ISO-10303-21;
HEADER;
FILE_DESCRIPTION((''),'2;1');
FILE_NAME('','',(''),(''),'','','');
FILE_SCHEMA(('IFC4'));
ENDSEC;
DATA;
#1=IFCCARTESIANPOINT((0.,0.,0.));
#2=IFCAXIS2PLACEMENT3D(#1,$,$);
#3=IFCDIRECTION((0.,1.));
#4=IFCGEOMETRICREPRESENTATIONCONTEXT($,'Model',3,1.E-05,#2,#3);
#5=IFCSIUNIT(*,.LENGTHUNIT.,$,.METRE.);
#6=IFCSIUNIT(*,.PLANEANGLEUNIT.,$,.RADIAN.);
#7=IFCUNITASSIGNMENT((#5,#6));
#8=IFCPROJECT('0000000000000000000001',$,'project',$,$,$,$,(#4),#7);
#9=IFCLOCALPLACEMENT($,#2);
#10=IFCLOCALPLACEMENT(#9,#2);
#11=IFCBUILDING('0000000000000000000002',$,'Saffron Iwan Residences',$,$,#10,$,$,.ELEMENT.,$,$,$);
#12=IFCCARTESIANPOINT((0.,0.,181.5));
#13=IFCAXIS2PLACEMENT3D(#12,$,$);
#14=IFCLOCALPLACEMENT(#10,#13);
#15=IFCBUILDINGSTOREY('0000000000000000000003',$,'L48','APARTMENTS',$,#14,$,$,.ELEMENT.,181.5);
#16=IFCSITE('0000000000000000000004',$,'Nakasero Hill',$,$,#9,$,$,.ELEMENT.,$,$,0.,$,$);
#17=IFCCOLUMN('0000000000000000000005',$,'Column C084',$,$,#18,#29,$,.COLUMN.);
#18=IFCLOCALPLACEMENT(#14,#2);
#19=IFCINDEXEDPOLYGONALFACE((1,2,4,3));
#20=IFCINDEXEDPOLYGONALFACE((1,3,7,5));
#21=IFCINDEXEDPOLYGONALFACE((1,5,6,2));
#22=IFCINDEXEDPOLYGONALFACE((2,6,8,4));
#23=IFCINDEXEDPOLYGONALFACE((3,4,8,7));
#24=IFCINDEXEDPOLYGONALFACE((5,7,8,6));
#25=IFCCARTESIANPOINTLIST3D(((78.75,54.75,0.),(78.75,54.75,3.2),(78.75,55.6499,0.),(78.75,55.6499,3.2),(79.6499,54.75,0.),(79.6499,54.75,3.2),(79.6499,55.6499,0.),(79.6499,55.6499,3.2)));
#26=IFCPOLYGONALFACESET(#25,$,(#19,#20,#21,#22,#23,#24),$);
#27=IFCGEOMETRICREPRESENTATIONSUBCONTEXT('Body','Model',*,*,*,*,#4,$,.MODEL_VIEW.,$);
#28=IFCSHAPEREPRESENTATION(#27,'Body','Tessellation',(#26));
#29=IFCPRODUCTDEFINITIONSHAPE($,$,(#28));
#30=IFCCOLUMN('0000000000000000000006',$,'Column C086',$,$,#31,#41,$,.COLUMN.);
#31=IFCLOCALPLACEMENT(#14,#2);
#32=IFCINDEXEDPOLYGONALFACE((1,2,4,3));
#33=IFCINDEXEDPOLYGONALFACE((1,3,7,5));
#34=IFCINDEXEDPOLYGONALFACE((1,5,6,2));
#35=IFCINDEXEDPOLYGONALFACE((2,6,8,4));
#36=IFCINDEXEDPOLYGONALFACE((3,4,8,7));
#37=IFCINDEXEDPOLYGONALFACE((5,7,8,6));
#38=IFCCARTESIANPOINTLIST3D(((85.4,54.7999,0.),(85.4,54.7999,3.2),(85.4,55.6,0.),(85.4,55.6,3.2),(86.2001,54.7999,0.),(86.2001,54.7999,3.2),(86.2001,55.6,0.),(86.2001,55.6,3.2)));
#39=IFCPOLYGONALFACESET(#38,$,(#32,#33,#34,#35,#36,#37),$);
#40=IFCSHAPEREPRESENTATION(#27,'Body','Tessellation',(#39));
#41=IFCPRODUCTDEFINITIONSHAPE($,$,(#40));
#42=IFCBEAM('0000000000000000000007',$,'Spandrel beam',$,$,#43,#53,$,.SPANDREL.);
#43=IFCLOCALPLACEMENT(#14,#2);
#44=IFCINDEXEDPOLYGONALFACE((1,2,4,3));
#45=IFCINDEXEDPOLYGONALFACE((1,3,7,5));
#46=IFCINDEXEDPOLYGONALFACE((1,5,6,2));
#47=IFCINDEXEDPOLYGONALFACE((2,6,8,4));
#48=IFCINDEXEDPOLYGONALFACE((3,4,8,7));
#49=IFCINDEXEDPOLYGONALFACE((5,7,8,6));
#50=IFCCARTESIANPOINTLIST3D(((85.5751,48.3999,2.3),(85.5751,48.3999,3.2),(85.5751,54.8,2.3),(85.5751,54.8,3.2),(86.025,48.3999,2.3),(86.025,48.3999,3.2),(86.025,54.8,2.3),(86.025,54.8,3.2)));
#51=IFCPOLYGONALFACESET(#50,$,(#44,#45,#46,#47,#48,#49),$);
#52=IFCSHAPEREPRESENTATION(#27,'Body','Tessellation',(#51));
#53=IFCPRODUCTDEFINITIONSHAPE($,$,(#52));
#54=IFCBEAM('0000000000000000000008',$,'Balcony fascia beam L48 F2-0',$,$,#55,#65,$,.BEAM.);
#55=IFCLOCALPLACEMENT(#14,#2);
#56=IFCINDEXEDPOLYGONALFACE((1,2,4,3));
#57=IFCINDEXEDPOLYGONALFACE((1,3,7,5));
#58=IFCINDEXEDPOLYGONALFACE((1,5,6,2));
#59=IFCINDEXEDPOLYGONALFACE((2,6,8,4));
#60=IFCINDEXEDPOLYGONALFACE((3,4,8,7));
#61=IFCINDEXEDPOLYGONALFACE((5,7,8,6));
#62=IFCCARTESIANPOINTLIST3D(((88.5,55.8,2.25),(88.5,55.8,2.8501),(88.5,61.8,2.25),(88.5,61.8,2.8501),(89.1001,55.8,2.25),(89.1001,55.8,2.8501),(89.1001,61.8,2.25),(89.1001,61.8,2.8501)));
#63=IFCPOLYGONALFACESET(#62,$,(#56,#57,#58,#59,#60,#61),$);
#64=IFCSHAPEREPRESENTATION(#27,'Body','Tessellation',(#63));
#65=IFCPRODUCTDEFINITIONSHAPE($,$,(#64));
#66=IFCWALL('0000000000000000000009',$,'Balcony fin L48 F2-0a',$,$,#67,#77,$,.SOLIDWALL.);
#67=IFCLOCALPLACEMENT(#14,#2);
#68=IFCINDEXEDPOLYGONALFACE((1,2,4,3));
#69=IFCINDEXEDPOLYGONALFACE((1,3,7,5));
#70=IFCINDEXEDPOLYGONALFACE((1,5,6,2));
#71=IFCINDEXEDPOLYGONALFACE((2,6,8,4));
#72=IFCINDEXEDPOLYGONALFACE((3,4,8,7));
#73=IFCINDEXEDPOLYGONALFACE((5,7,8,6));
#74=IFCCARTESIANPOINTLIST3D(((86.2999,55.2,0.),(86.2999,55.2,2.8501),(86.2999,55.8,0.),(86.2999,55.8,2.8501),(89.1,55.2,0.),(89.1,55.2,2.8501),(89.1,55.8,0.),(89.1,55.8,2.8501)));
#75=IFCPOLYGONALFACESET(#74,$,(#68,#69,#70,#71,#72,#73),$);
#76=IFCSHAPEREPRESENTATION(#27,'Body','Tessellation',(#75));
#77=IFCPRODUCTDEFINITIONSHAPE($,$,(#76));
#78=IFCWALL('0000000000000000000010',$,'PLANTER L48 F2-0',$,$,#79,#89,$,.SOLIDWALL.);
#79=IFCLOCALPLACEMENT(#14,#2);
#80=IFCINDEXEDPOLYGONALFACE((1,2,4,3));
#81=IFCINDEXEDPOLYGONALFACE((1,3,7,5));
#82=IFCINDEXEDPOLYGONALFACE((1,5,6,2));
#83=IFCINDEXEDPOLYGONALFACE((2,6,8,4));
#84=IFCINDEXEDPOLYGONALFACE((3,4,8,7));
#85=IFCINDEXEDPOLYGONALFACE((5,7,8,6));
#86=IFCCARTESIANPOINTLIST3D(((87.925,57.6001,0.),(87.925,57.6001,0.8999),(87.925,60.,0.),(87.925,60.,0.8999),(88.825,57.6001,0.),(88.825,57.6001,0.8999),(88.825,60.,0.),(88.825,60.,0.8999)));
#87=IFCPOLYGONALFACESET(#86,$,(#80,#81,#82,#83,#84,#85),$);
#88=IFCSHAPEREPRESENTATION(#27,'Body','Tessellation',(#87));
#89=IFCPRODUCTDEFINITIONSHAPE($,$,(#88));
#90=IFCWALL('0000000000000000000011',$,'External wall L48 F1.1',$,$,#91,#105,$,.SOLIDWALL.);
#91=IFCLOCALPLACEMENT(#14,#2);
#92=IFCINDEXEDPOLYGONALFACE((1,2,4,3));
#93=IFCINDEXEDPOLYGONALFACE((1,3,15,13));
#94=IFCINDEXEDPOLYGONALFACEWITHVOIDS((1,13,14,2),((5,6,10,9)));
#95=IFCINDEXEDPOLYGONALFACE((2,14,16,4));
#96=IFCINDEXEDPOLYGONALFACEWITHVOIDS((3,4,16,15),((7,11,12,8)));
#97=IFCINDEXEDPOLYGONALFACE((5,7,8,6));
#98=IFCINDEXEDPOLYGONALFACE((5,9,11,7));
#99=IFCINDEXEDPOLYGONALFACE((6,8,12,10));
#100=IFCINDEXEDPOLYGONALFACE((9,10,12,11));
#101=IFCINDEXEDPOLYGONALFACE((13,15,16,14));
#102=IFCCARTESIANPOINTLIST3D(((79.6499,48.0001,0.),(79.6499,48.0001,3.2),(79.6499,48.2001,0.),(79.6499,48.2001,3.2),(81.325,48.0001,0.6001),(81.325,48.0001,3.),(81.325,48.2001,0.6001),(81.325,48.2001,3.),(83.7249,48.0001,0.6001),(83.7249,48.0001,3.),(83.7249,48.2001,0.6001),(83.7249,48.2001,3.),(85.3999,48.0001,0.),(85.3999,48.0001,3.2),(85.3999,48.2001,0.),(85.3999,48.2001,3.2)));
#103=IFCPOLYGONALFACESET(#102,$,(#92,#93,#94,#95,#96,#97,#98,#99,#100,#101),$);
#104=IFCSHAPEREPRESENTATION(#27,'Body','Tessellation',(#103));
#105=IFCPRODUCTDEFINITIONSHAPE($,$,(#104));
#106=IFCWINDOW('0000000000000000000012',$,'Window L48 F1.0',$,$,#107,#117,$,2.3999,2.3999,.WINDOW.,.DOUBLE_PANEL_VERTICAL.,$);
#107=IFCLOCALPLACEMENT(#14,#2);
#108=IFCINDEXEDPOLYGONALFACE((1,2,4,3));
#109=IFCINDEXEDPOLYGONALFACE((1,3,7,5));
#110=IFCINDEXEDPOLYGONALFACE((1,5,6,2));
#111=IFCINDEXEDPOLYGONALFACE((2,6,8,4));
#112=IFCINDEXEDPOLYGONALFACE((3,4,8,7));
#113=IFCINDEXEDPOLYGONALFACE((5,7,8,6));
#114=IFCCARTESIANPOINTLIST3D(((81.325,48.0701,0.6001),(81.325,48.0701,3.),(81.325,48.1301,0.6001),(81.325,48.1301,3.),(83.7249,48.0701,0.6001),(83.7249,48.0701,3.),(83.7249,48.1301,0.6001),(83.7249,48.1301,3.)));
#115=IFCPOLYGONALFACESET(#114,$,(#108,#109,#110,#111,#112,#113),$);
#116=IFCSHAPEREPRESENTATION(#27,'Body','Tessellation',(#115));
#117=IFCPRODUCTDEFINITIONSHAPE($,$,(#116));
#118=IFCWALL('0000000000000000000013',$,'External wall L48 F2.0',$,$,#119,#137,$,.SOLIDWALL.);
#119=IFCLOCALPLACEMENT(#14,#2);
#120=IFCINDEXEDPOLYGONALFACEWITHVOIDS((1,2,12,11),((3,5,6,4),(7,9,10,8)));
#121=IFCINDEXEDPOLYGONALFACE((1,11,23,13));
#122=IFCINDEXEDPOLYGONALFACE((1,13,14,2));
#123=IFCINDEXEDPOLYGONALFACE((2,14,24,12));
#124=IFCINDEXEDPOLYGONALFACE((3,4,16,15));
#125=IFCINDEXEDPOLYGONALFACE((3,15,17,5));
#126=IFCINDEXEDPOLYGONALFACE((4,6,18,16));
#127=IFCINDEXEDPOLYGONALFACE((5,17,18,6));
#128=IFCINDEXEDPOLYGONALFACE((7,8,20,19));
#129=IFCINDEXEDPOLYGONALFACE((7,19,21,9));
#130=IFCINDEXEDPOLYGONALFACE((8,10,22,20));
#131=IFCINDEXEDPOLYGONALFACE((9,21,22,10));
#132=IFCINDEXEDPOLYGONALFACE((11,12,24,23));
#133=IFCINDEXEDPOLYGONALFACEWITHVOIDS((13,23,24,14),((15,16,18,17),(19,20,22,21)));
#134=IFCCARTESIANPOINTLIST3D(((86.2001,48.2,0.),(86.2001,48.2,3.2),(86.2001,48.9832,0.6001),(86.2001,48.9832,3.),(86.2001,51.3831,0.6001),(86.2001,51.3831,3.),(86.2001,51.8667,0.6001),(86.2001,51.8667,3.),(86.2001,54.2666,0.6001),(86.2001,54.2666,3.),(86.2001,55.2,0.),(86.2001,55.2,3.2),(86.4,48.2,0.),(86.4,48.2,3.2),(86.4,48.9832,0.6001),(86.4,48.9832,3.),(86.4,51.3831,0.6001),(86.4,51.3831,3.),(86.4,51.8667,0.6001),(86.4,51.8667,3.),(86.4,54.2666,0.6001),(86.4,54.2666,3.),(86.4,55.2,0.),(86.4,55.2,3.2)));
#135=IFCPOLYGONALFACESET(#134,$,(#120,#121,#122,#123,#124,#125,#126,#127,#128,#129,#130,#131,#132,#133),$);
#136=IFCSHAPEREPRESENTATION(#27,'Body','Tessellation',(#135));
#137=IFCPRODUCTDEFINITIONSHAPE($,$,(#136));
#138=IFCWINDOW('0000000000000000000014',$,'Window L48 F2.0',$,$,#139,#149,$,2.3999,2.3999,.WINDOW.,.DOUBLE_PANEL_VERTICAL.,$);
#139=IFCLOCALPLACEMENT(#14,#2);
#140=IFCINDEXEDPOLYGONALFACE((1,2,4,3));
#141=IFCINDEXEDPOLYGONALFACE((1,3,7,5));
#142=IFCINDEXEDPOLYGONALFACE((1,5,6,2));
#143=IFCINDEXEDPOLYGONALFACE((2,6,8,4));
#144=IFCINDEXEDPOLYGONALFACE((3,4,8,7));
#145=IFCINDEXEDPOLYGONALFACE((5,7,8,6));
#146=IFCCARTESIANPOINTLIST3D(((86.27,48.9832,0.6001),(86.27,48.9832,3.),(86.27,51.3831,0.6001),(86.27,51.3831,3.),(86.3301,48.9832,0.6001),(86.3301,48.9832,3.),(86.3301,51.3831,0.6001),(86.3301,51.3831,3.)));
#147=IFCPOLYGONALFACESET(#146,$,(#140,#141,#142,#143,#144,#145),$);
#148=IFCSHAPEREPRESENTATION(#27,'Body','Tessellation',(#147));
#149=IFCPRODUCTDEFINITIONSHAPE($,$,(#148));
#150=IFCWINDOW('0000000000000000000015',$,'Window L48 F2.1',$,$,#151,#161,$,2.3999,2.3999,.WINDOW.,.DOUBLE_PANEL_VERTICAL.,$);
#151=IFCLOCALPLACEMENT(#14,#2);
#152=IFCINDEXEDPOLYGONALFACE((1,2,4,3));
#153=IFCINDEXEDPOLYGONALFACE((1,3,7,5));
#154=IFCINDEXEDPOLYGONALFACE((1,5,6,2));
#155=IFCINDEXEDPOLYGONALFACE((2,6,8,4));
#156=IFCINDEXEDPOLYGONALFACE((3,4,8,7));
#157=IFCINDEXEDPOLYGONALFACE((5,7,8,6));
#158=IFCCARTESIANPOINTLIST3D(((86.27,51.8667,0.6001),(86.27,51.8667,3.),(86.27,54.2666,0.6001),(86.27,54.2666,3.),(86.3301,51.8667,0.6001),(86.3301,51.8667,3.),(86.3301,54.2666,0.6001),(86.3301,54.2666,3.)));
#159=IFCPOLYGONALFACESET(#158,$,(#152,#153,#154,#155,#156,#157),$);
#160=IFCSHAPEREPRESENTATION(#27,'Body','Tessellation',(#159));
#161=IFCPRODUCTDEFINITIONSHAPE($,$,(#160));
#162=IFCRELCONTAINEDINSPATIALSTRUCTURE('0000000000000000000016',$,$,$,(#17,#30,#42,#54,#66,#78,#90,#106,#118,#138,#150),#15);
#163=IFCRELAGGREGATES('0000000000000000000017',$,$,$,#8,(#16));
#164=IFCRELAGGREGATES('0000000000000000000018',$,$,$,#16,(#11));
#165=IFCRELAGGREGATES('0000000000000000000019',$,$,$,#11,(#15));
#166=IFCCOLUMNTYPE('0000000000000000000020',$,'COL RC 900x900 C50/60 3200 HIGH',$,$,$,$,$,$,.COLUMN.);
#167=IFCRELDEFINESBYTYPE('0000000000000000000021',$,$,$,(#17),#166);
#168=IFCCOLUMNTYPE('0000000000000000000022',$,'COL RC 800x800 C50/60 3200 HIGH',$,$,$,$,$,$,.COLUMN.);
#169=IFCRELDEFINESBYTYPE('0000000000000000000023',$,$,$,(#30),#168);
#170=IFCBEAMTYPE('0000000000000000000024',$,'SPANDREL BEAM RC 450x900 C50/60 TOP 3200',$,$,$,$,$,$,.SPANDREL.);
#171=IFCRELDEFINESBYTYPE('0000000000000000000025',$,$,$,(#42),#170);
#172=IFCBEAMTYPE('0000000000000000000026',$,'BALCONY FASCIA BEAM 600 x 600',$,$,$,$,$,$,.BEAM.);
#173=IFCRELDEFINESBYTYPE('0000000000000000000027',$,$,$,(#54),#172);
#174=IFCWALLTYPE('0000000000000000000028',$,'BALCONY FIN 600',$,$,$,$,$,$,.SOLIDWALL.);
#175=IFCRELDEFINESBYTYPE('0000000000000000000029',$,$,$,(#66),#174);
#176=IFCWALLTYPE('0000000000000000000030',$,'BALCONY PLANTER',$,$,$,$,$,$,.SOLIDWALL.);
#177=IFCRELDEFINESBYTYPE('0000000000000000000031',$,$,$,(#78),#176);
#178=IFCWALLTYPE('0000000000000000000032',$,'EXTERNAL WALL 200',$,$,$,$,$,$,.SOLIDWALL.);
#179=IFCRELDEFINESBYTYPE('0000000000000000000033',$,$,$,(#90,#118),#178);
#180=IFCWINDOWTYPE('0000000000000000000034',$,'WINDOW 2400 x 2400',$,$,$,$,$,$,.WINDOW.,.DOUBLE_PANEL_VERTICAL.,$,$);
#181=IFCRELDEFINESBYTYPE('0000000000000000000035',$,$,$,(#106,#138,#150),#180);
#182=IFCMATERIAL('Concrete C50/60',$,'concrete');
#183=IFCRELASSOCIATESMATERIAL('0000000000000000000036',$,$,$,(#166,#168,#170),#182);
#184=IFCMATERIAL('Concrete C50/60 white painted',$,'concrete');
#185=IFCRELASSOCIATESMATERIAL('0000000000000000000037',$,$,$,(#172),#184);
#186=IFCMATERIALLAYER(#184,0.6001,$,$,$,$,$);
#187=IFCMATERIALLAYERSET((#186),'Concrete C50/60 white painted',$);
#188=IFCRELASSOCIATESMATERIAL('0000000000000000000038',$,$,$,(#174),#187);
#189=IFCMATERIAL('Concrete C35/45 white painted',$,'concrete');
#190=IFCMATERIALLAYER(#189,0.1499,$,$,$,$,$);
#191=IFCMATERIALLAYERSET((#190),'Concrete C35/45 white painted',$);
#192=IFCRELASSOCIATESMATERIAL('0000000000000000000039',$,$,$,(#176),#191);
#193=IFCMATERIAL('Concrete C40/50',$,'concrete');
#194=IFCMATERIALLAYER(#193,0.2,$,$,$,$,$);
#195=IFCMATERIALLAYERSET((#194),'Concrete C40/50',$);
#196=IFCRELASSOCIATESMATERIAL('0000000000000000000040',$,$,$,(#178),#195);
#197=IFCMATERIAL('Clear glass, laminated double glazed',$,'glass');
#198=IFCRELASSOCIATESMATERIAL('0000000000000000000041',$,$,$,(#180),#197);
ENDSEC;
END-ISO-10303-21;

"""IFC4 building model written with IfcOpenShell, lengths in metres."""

from ifc_helpers import new_model, si_unit, direction, frame, frame_2d, origin, origin_2d, place, context, subcontext, project, spatial, rectangle, extrude, source, transform, mapped, material, layer, layer_set, material_profile, profile_set, type_object, element, fill, save


model = new_model("IFC4")

# Units and contexts
model_context = context("Model", 3, precision=1e-05, world=origin(), true_north=direction((0.0, 1.0)))
body_context = subcontext(model_context, "Body", "Model", "MODEL_VIEW")
ifc_project = project(units=[si_unit("LENGTHUNIT", "METRE"), si_unit("PLANEANGLEUNIT", "RADIAN")], contexts=[model_context])

# Site, building, storey
site_placement = place(None, origin())
site = spatial("IfcSite", under=ifc_project, at=site_placement, Name="Nakasero Hill", CompositionType="ELEMENT", RefElevation=0.0)
building_placement = place(site_placement, origin())
building = spatial("IfcBuilding", under=site, at=building_placement, Name="Saffron Iwan Residences", CompositionType="ELEMENT")
storey_placement = place(building_placement, frame((0.0, 0.0, 181.5)))
storey = spatial("IfcBuildingStorey", under=building, at=storey_placement, Name="L48", Description="APARTMENTS", CompositionType="ELEMENT", Elevation=181.5)

# Columns
ifc_material_1 = material(Name="Concrete C50/60", Category="concrete")
ifc_material_profile_1 = material_profile(ifc_material_1, rectangle(XDim=0.8999, YDim=0.8999, at=origin_2d()), Name="RC 900x900")
ifc_profile_set_1 = profile_set([ifc_material_profile_1], Name="Concrete C50/60")
column_type_1 = type_object("IfcColumnType", Name="COL RC 900x900 C50/60 3200 HIGH", PredefinedType="COLUMN", material=ifc_profile_set_1)
shared_shape_1 = source(origin(), body_context, "Body", "SweptSolid", [
    extrude(rectangle(XDim=0.8999, YDim=0.8999, at=origin_2d()), origin(), (0.0, 0.0, 1.0), 3.2),
])
column_1_placement = place(storey_placement, frame((79.2, 55.2, 0.0), z_axis=(0.0, 0.0, 1.0), x_axis=(1.0, 0.0, 0.0)))
element("IfcColumn", 1, at=column_1_placement, inside=storey, type_object=column_type_1, Name="Column C084", PredefinedType="COLUMN", context=body_context, shape_type="MappedRepresentation", body=[
    mapped(shared_shape_1, transform((0.0, 0.0, 0.0))),
])
ifc_material_profile_2 = material_profile(ifc_material_1, rectangle(XDim=0.8, YDim=0.8, at=origin_2d()), Name="RC 800x800")
ifc_profile_set_2 = profile_set([ifc_material_profile_2], Name="Concrete C50/60")
column_type_2 = type_object("IfcColumnType", Name="COL RC 800x800 C50/60 3200 HIGH", PredefinedType="COLUMN", material=ifc_profile_set_2)
shared_shape_2 = source(origin(), body_context, "Body", "SweptSolid", [
    extrude(rectangle(XDim=0.8, YDim=0.8, at=origin_2d()), origin(), (0.0, 0.0, 1.0), 3.2),
])
column_2_placement = place(storey_placement, frame((85.8, 55.2, 0.0), z_axis=(0.0, 0.0, 1.0), x_axis=(1.0, 0.0, 0.0)))
element("IfcColumn", 2, at=column_2_placement, inside=storey, type_object=column_type_2, Name="Column C086", PredefinedType="COLUMN", context=body_context, shape_type="MappedRepresentation", body=[
    mapped(shared_shape_2, transform((0.0, 0.0, 0.0))),
])

# Beams
ifc_material_profile_3 = material_profile(ifc_material_1, rectangle(XDim=0.45, YDim=0.8999, at=origin_2d()), Name="RC 450x900")
ifc_profile_set_3 = profile_set([ifc_material_profile_3], Name="Concrete C50/60")
beam_type_1 = type_object("IfcBeamType", Name="SPANDREL BEAM RC 450x900 C50/60 TOP 3200", PredefinedType="SPANDREL", material=ifc_profile_set_3)
shared_shape_3 = source(origin(), body_context, "Body", "SweptSolid", [
    extrude(rectangle(XDim=0.45, YDim=0.8999, at=origin_2d()), origin(), (0.0, 0.0, 1.0), 6.4001),
])
beam_1_placement = place(storey_placement, frame((85.8, 54.8, 2.75), z_axis=(0.0, -1.0, 0.0), x_axis=(1.0, 0.0, 0.0)))
element("IfcBeam", 3, at=beam_1_placement, inside=storey, type_object=beam_type_1, Name="Spandrel beam", PredefinedType="SPANDREL", context=body_context, shape_type="MappedRepresentation", body=[
    mapped(shared_shape_3, transform((0.0, 0.0, 0.0))),
])
ifc_material_2 = material(Name="Concrete C50/60 white painted", Category="concrete")
ifc_material_profile_4 = material_profile(ifc_material_2, rectangle(XDim=0.6001, YDim=0.6001, at=origin_2d()), Name="BALCONY FASCIA BEAM 600 x 600")
ifc_profile_set_4 = profile_set([ifc_material_profile_4], Name="Concrete C50/60 white painted")
beam_type_2 = type_object("IfcBeamType", Name="BALCONY FASCIA BEAM 600 x 600", PredefinedType="BEAM", material=ifc_profile_set_4)
shared_shape_4 = source(origin(), body_context, "Body", "SweptSolid", [
    extrude(rectangle(XDim=0.6001, YDim=0.6001, at=origin_2d()), origin(), (0.0, 0.0, 1.0), 6.0),
])
beam_2_placement = place(storey_placement, frame((88.8, 55.8, 2.55), z_axis=(0.0, 1.0, 0.0), x_axis=(-1.0, 0.0, 0.0)))
element("IfcBeam", 4, at=beam_2_placement, inside=storey, type_object=beam_type_2, Name="Balcony fascia beam L48 F2-0", PredefinedType="BEAM", context=body_context, shape_type="MappedRepresentation", body=[
    mapped(shared_shape_4, transform((0.0, 0.0, 0.0))),
])

# Walls
ifc_layer_1 = layer(ifc_material_2, 0.6001)
ifc_layer_set_1 = layer_set([ifc_layer_1], Name="Concrete C50/60 white painted")
wall_type_1 = type_object("IfcWallType", Name="BALCONY FIN 600", PredefinedType="SOLIDWALL", material=ifc_layer_set_1)
wall_1_placement = place(storey_placement, frame((86.3, 55.5, 0.0), z_axis=(0.0, 0.0, 1.0), x_axis=(1.0, 0.0, 0.0)))
element("IfcWall", 5, at=wall_1_placement, inside=storey, type_object=wall_type_1, Name="Balcony fin L48 F2-0a", PredefinedType="SOLIDWALL", context=body_context, shape_type="SweptSolid", body=[
    extrude(rectangle(XDim=2.8, YDim=0.6001, at=frame_2d((1.3999, 0.0))), origin(), (0.0, 0.0, 1.0), 2.8501),
])
ifc_material_3 = material(Name="Concrete C35/45 white painted", Category="concrete")
ifc_layer_2 = layer(ifc_material_3, 0.1499)
ifc_layer_set_2 = layer_set([ifc_layer_2], Name="Concrete C35/45 white painted")
wall_type_2 = type_object("IfcWallType", Name="BALCONY PLANTER", PredefinedType="SOLIDWALL", material=ifc_layer_set_2)
wall_2_placement = place(storey_placement, frame((88.375, 57.6001, 0.0), z_axis=(0.0, 0.0, 1.0), x_axis=(0.0, 1.0, 0.0)))
element("IfcWall", 6, at=wall_2_placement, inside=storey, type_object=wall_type_2, Name="PLANTER L48 F2-0", PredefinedType="SOLIDWALL", context=body_context, shape_type="SweptSolid", body=[
    extrude(rectangle(XDim=2.3999, YDim=0.8999, at=frame_2d((1.2, 0.0))), origin(), (0.0, 0.0, 1.0), 0.8999),
])

# Wall, opening, window
ifc_material_4 = material(Name="Concrete C40/50", Category="concrete")
ifc_layer_3 = layer(ifc_material_4, 0.2)
ifc_layer_set_3 = layer_set([ifc_layer_3], Name="Concrete C40/50")
wall_type_3 = type_object("IfcWallType", Name="EXTERNAL WALL 200", PredefinedType="SOLIDWALL", material=ifc_layer_set_3)
wall_3_placement = place(storey_placement, frame((79.6499, 48.1001, 0.0), z_axis=(0.0, 0.0, 1.0), x_axis=(1.0, 0.0, 0.0)))
wall_3 = element("IfcWall", 7, at=wall_3_placement, inside=storey, type_object=wall_type_3, Name="External wall L48 F1.1", PredefinedType="SOLIDWALL", context=body_context, shape_type="SweptSolid", body=[
    extrude(rectangle(XDim=5.75, YDim=0.2, at=frame_2d((2.875, 0.0))), origin(), (0.0, 0.0, 1.0), 3.2),
])
opening_1_placement = place(wall_3_placement, frame((1.675, 0.0, 0.6001)))
opening_1 = element("IfcOpeningElement", 8, at=opening_1_placement, cuts=wall_3, PredefinedType="OPENING", context=body_context, shape_type="SweptSolid", body=[
    extrude(rectangle(XDim=2.3999, YDim=2.3999, at=frame_2d((1.2, 1.2))), frame((0.0, 0.1099, 0.0), z_axis=(0.0, -1.0, 0.0), x_axis=(1.0, 0.0, 0.0)), (0.0, 0.0, 1.0), 0.22),
])
ifc_material_5 = material(Name="Clear glass, laminated double glazed", Category="glass")
window_type_1 = type_object("IfcWindowType", Name="WINDOW 2400 x 2400", PartitioningType="DOUBLE_PANEL_VERTICAL", PredefinedType="WINDOW", material=ifc_material_5)
window_1_placement = place(opening_1_placement, origin())
window_1 = element("IfcWindow", 9, at=window_1_placement, inside=storey, type_object=window_type_1, Name="Window L48 F1.0", OverallHeight=2.3999, OverallWidth=2.3999, PartitioningType="DOUBLE_PANEL_VERTICAL", PredefinedType="WINDOW", context=body_context, shape_type="SweptSolid", body=[
    extrude(rectangle(XDim=2.3999, YDim=2.3999, at=frame_2d((1.2, 1.2))), frame((0.0, 0.03, 0.0), z_axis=(0.0, -1.0, 0.0), x_axis=(1.0, 0.0, 0.0)), (0.0, 0.0, 1.0), 0.0601),
])
fill(opening_1, window_1)

# Wall, openings, windows
wall_4_placement = place(storey_placement, frame((86.3, 48.2, 0.0), z_axis=(0.0, 0.0, 1.0), x_axis=(0.0, 1.0, 0.0)))
wall_4 = element("IfcWall", 10, at=wall_4_placement, inside=storey, type_object=wall_type_3, Name="External wall L48 F2.0", PredefinedType="SOLIDWALL", context=body_context, shape_type="SweptSolid", body=[
    extrude(rectangle(XDim=7.0, YDim=0.2, at=frame_2d((3.5, 0.0))), origin(), (0.0, 0.0, 1.0), 3.2),
])
opening_2_placement = place(wall_4_placement, frame((0.7832, 0.0, 0.6001)))
opening_2 = element("IfcOpeningElement", 11, at=opening_2_placement, cuts=wall_4, PredefinedType="OPENING", context=body_context, shape_type="SweptSolid", body=[
    extrude(rectangle(XDim=2.3999, YDim=2.3999, at=frame_2d((1.2, 1.2))), frame((0.0, 0.1099, 0.0), z_axis=(0.0, -1.0, 0.0), x_axis=(1.0, 0.0, 0.0)), (0.0, 0.0, 1.0), 0.22),
])
opening_3_placement = place(wall_4_placement, frame((3.6667, 0.0, 0.6001)))
opening_3 = element("IfcOpeningElement", 12, at=opening_3_placement, cuts=wall_4, PredefinedType="OPENING", context=body_context, shape_type="SweptSolid", body=[
    extrude(rectangle(XDim=2.3999, YDim=2.3999, at=frame_2d((1.2, 1.2))), frame((0.0, 0.1099, 0.0), z_axis=(0.0, -1.0, 0.0), x_axis=(1.0, 0.0, 0.0)), (0.0, 0.0, 1.0), 0.22),
])
window_2_placement = place(opening_2_placement, origin())
window_2 = element("IfcWindow", 13, at=window_2_placement, inside=storey, type_object=window_type_1, Name="Window L48 F2.0", OverallHeight=2.3999, OverallWidth=2.3999, PartitioningType="DOUBLE_PANEL_VERTICAL", PredefinedType="WINDOW", context=body_context, shape_type="SweptSolid", body=[
    extrude(rectangle(XDim=2.3999, YDim=2.3999, at=frame_2d((1.2, 1.2))), frame((0.0, 0.03, 0.0), z_axis=(0.0, -1.0, 0.0), x_axis=(1.0, 0.0, 0.0)), (0.0, 0.0, 1.0), 0.0601),
])
fill(opening_2, window_2)
window_3_placement = place(opening_3_placement, origin())
window_3 = element("IfcWindow", 14, at=window_3_placement, inside=storey, type_object=window_type_1, Name="Window L48 F2.1", OverallHeight=2.3999, OverallWidth=2.3999, PartitioningType="DOUBLE_PANEL_VERTICAL", PredefinedType="WINDOW", context=body_context, shape_type="SweptSolid", body=[
    extrude(rectangle(XDim=2.3999, YDim=2.3999, at=frame_2d((1.2, 1.2))), frame((0.0, 0.03, 0.0), z_axis=(0.0, -1.0, 0.0), x_axis=(1.0, 0.0, 0.0)), (0.0, 0.0, 1.0), 0.0601),
])
fill(opening_3, window_3)

save(model, "model.ifc")
